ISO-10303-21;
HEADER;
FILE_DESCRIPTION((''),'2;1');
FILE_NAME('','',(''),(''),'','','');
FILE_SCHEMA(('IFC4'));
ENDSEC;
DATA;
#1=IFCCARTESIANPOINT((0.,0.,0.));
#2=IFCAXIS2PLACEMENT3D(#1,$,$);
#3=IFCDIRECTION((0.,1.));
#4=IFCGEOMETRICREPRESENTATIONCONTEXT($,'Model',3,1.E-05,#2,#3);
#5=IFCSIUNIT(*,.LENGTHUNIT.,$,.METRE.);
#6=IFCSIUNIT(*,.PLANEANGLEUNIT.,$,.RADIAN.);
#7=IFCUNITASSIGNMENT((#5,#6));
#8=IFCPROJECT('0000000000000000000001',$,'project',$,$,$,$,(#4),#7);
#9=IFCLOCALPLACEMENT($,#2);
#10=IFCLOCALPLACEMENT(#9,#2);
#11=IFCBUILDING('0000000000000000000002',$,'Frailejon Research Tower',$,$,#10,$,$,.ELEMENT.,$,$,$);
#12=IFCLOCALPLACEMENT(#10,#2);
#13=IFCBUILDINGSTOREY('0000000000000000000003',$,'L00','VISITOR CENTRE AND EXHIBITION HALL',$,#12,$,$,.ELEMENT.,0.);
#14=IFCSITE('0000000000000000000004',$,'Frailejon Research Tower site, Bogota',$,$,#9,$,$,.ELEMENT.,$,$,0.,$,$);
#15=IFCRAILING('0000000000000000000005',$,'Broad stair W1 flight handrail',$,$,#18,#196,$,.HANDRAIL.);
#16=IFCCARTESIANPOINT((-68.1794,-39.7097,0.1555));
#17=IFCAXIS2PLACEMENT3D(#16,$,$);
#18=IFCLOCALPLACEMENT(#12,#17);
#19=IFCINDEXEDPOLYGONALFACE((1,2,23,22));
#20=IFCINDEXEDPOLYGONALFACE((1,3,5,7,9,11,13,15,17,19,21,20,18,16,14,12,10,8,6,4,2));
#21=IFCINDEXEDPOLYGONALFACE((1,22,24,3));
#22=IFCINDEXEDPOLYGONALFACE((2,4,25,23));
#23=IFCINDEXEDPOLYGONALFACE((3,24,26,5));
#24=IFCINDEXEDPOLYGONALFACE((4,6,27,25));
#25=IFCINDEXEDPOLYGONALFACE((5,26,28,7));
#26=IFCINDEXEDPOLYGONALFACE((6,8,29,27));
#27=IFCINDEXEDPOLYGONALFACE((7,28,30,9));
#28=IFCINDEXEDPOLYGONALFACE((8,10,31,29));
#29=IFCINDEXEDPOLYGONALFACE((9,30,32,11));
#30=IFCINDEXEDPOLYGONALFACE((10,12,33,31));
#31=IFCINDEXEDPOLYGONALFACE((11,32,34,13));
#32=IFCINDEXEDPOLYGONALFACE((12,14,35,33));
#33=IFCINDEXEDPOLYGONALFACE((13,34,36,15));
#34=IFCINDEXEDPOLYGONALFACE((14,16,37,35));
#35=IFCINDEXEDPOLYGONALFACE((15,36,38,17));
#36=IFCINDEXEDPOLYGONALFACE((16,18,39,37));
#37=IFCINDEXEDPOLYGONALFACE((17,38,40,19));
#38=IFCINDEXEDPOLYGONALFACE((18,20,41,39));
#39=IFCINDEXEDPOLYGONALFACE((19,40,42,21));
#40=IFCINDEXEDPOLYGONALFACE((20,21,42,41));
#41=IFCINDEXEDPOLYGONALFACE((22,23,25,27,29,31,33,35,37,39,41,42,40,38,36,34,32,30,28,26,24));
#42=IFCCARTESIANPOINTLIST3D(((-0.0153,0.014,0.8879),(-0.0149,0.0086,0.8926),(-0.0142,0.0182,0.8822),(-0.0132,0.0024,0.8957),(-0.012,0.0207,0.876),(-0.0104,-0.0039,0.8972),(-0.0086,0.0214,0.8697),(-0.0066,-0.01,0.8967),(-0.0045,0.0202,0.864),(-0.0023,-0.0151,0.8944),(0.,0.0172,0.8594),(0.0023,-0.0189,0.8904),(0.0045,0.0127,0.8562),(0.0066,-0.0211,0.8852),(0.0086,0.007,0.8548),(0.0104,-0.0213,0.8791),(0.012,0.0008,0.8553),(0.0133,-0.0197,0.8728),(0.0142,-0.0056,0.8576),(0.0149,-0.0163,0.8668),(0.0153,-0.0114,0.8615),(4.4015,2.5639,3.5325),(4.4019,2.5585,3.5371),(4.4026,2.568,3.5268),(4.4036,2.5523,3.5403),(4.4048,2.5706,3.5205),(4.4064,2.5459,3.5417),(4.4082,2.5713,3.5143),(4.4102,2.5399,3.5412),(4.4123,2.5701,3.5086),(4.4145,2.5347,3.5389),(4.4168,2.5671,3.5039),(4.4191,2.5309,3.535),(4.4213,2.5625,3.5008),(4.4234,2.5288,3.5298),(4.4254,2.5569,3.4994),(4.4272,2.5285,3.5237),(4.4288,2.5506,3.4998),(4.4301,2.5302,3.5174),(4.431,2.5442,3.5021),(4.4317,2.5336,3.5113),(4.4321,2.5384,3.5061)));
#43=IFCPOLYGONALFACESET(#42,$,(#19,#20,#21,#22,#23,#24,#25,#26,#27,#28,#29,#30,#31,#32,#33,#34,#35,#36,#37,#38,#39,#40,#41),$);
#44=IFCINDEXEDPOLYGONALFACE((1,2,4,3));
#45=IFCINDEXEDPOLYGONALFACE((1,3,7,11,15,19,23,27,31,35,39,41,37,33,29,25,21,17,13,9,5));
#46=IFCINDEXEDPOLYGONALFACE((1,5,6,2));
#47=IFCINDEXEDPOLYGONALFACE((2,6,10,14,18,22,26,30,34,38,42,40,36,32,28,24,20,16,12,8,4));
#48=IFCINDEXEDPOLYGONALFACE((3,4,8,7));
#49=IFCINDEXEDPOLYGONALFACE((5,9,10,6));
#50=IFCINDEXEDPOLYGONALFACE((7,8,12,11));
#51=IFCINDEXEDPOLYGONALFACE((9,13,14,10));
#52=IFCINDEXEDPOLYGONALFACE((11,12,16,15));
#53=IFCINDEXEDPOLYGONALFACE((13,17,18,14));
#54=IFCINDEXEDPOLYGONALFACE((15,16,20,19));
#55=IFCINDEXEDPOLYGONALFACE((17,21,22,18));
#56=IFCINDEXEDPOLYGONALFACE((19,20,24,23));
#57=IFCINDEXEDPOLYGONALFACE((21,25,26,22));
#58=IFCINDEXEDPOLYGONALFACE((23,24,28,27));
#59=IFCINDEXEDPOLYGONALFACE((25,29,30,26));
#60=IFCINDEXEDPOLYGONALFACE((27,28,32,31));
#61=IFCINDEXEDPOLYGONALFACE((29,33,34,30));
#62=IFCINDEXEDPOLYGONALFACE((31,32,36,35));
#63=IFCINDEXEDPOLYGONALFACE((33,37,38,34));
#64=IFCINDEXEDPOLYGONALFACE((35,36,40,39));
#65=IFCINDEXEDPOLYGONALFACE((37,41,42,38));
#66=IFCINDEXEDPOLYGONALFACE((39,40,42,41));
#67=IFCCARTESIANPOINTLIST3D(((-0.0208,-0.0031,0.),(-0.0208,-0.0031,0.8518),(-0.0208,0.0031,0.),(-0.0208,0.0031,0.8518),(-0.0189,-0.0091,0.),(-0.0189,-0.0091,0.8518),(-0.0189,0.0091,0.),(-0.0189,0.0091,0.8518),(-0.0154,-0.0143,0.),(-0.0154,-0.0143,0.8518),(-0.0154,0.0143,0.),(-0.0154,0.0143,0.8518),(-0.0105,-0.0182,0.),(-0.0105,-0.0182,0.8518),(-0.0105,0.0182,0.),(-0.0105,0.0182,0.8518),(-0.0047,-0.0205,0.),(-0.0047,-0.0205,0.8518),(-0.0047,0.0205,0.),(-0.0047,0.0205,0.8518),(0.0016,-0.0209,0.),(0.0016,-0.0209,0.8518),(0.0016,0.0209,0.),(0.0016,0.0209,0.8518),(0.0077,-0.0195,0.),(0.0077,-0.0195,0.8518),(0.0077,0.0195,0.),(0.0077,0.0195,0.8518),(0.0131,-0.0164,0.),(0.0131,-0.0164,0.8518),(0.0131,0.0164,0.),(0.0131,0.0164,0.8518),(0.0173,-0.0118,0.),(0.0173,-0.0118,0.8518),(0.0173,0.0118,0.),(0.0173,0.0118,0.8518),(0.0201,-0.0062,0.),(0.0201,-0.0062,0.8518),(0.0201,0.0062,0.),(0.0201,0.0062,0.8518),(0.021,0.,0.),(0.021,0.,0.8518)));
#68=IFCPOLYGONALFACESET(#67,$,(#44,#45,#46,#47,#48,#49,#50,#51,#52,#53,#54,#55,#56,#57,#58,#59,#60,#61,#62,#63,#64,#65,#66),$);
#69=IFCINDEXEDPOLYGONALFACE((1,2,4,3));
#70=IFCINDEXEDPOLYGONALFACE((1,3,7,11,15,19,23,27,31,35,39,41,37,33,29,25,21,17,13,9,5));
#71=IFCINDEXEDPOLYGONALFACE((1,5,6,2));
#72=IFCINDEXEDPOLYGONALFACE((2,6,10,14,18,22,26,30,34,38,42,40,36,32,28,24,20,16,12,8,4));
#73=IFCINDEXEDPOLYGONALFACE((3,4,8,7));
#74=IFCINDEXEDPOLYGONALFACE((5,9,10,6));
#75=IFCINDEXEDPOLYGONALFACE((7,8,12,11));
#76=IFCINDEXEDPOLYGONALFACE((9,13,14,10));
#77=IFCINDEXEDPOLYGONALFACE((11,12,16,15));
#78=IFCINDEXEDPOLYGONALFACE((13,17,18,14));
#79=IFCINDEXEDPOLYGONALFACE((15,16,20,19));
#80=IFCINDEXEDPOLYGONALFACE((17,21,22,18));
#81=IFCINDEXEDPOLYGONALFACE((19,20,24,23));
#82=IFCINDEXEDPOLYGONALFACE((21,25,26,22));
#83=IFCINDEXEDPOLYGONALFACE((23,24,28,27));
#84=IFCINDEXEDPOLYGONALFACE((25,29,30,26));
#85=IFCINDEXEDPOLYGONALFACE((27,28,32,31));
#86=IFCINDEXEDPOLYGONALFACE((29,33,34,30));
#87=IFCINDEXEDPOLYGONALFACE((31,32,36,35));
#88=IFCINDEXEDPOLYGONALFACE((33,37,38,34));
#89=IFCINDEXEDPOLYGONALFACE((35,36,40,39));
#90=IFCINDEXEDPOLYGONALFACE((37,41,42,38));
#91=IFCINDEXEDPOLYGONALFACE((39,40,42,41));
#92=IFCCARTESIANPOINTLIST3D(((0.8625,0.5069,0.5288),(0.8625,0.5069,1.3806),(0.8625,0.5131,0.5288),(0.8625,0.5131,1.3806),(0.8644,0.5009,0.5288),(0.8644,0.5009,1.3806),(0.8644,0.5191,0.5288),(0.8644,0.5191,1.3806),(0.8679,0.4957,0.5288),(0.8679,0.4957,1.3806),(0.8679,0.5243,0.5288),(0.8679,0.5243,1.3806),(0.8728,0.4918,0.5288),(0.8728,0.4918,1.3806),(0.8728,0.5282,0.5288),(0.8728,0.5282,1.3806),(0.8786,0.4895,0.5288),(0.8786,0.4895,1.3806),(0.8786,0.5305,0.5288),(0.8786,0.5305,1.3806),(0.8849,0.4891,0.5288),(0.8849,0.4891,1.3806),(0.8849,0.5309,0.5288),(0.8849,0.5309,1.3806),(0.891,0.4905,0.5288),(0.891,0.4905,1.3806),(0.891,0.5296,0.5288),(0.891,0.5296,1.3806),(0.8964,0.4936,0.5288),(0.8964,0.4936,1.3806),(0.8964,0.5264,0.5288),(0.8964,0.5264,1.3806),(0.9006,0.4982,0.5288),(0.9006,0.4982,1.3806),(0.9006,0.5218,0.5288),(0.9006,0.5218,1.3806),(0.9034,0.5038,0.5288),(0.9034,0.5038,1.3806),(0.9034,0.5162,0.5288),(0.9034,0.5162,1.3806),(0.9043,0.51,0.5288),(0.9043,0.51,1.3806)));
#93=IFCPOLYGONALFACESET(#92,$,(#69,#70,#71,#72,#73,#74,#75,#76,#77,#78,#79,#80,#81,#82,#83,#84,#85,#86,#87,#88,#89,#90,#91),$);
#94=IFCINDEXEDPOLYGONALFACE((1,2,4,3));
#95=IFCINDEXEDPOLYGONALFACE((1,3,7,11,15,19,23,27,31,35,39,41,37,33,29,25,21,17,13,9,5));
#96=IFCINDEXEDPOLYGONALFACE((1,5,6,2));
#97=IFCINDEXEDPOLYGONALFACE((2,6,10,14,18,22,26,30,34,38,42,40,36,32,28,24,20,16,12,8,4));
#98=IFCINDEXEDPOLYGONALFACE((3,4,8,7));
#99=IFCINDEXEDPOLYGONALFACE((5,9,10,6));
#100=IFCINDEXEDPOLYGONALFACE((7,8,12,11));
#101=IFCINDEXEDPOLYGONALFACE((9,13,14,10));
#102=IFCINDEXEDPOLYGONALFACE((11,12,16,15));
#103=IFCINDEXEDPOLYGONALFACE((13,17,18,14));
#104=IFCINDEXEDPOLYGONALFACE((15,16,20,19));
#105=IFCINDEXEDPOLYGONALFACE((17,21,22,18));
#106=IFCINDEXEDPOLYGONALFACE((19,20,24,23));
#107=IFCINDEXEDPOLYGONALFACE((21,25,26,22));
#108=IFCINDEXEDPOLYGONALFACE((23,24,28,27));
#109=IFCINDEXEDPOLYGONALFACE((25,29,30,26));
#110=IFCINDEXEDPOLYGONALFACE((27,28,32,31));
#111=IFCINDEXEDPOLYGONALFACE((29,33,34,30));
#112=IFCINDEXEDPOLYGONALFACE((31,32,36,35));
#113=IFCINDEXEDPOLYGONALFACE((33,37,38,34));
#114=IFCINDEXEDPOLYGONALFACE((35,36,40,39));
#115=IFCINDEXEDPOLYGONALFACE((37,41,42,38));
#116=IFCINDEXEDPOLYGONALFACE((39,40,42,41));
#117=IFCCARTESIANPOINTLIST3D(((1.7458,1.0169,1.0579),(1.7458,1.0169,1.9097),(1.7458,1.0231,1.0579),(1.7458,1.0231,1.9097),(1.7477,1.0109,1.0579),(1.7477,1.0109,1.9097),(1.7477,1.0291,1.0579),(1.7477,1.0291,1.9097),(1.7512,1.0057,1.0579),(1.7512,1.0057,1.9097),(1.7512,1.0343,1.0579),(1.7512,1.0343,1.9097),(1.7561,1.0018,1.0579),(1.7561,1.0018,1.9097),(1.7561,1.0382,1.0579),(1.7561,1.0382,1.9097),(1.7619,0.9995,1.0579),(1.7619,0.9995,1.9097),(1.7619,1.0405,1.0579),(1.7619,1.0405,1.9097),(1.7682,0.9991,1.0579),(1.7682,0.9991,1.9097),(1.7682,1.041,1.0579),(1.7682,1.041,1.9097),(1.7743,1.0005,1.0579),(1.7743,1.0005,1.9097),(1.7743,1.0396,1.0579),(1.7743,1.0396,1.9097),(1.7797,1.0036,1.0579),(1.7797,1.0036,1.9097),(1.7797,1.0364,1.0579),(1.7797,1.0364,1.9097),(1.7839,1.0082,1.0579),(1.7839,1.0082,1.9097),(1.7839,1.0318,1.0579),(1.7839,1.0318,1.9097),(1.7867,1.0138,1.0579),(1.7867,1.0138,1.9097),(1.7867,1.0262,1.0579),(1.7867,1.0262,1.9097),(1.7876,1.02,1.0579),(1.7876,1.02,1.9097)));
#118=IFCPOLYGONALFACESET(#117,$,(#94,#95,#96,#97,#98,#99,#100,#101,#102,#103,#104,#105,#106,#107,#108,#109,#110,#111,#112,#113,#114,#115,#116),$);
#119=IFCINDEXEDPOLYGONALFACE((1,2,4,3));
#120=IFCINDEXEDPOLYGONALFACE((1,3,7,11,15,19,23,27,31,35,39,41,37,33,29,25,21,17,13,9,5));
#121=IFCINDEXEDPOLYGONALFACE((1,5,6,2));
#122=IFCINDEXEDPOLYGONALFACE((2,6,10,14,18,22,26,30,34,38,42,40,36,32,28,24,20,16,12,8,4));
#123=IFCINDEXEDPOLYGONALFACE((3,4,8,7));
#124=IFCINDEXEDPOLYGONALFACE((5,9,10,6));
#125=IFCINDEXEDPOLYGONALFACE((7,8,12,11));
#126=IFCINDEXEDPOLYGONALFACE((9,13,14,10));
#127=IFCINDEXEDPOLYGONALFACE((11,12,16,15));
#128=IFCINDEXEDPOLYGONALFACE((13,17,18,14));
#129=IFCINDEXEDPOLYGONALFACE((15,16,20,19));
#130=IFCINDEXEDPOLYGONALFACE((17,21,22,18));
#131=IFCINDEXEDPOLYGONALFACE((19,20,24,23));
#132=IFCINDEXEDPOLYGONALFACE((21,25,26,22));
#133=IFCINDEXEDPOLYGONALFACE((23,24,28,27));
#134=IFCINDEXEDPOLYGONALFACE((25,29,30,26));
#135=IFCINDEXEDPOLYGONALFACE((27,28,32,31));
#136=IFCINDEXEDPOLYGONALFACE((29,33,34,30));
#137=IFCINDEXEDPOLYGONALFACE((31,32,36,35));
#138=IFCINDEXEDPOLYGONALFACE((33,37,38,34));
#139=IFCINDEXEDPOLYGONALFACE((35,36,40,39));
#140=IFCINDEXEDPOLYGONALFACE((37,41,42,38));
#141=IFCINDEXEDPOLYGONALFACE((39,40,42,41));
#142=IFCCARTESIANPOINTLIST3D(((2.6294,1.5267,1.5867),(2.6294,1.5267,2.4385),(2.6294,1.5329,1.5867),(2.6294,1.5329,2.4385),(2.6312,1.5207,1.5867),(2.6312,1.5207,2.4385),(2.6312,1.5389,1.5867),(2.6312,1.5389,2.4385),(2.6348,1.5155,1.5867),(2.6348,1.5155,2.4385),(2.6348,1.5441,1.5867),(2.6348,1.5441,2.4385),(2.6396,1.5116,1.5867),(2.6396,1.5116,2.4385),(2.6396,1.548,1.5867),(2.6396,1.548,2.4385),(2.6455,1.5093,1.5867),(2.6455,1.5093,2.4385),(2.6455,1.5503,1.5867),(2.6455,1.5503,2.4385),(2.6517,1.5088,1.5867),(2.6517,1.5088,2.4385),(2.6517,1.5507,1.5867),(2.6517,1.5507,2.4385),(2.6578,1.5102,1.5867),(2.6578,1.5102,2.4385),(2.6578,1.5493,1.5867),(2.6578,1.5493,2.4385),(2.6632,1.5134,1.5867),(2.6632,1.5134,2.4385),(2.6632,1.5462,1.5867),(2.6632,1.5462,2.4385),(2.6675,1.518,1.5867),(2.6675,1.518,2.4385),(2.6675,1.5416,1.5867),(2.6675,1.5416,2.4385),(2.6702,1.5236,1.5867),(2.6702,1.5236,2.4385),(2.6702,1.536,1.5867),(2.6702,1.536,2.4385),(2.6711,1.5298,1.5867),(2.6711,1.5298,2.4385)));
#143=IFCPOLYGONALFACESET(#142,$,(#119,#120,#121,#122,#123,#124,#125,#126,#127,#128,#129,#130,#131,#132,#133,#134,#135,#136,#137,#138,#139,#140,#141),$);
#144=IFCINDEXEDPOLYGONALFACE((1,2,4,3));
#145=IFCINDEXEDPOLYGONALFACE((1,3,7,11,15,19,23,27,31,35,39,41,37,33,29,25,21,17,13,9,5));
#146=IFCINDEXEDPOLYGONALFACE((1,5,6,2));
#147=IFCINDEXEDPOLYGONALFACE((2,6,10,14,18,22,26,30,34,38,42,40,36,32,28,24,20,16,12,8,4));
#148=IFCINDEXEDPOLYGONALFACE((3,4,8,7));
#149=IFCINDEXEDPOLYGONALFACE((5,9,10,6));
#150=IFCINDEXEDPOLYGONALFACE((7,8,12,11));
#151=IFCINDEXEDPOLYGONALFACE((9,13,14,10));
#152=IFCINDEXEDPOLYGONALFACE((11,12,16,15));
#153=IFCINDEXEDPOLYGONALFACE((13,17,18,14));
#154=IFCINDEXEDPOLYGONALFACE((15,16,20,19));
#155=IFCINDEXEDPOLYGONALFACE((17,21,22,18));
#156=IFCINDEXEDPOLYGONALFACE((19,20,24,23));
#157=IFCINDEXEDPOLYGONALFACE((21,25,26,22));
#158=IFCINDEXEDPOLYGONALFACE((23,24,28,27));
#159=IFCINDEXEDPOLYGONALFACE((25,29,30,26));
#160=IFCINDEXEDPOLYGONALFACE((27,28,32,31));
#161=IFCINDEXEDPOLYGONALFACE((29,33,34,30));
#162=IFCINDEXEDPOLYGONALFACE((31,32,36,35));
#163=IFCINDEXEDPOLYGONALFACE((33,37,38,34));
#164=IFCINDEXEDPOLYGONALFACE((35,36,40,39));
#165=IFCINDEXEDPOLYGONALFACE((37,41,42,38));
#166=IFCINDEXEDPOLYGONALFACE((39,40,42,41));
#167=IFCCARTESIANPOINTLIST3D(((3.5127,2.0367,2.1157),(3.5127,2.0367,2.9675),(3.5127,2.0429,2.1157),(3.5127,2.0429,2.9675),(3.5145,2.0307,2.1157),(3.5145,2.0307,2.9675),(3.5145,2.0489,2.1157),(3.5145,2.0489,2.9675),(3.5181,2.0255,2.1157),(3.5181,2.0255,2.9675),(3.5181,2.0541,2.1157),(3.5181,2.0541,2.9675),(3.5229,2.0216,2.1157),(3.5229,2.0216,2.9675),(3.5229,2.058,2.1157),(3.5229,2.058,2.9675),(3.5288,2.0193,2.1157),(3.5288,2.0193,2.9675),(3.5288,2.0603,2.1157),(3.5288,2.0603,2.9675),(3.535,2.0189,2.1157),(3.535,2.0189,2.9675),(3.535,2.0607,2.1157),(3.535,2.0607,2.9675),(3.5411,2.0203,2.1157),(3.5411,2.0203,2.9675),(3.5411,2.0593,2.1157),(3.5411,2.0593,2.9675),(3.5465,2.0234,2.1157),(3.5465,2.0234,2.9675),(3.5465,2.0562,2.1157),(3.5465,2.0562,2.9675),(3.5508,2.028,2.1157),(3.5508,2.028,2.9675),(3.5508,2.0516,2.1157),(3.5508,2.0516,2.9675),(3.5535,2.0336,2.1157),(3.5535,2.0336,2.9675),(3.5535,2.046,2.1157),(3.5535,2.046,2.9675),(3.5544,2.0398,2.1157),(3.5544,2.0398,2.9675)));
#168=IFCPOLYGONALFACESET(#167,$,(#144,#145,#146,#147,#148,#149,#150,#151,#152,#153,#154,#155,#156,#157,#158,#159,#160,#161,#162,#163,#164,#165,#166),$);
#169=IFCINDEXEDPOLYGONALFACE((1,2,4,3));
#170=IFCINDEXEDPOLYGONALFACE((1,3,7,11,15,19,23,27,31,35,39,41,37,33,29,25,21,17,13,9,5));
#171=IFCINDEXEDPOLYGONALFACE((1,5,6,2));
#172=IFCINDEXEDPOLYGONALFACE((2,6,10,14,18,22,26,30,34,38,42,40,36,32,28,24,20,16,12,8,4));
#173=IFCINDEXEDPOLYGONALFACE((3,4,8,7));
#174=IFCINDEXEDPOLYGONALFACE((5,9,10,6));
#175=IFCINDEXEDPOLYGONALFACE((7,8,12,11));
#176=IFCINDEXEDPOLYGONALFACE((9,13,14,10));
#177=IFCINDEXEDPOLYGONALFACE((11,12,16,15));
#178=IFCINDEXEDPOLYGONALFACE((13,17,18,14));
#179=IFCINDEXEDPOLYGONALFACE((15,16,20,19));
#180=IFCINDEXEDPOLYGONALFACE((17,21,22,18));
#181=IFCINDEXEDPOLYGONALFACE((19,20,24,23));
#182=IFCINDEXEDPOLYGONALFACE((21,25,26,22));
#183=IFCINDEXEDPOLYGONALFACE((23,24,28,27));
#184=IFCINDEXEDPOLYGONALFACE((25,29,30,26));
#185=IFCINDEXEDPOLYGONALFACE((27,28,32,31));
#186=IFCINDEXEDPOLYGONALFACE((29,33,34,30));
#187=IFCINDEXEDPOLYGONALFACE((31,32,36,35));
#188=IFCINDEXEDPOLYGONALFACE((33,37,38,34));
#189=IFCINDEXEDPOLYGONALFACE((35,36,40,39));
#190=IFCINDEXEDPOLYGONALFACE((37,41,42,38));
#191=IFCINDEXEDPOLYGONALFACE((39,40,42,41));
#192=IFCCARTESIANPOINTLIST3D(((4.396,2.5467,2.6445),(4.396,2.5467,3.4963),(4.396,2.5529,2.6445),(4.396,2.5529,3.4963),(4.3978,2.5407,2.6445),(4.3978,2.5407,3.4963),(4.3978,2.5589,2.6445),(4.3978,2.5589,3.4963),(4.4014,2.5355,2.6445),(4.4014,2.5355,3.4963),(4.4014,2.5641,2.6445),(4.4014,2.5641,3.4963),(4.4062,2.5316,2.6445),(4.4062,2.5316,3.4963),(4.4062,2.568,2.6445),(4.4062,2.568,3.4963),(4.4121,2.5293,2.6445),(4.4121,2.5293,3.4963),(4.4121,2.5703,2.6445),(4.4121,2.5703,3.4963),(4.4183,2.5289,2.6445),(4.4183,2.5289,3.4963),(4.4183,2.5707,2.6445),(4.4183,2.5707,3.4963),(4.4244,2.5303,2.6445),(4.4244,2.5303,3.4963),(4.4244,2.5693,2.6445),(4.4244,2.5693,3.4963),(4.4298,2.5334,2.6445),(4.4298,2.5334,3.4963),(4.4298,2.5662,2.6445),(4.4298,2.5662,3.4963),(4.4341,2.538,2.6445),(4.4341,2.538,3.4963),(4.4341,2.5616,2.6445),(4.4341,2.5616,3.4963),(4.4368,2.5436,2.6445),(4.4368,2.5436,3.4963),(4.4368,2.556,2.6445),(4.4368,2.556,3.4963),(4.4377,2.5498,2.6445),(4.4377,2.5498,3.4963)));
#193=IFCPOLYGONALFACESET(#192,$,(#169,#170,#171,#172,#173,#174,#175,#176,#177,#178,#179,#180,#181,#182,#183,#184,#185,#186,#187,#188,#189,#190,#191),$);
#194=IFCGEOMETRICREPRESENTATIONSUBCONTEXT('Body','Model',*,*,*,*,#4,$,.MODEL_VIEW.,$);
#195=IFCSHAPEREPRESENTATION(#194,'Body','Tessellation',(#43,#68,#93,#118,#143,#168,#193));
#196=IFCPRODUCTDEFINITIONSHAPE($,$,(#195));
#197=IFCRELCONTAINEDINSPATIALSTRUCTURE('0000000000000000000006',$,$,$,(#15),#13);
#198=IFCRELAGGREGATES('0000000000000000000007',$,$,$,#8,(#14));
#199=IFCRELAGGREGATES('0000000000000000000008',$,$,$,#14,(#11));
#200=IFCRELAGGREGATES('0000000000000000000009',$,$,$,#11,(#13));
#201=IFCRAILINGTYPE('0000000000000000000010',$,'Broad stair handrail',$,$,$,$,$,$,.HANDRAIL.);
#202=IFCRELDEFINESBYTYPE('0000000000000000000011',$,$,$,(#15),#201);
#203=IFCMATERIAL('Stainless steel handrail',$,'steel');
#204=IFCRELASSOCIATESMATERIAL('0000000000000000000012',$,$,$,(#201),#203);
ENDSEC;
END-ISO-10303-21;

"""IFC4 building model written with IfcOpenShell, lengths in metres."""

from ifc_helpers import new_model, si_unit, direction, frame, origin, origin_2d, place, context, subcontext, project, spatial, circle, extrude, material, type_object, element, save


model = new_model("IFC4")

# Units and contexts
model_context = context("Model", 3, precision=1e-05, world=origin(), true_north=direction((0.0, 1.0)))
body_context = subcontext(model_context, "Body", "Model", "MODEL_VIEW")
ifc_project = project(units=[si_unit("LENGTHUNIT", "METRE"), si_unit("PLANEANGLEUNIT", "RADIAN")], contexts=[model_context])

# Site, building, storey
site_placement = place(None, origin())
site = spatial("IfcSite", under=ifc_project, at=site_placement, Name="Frailejon Research Tower site, Bogota", CompositionType="ELEMENT", RefElevation=0.0)
building_placement = place(site_placement, origin())
building = spatial("IfcBuilding", under=site, at=building_placement, Name="Frailejon Research Tower", CompositionType="ELEMENT")
storey_placement = place(building_placement, origin())
storey = spatial("IfcBuildingStorey", under=building, at=storey_placement, Name="L00", Description="VISITOR CENTRE AND EXHIBITION HALL", CompositionType="ELEMENT", Elevation=0.0)

# Railing
ifc_material_1 = material(Name="Stainless steel handrail", Category="steel")
railing_type_1 = type_object("IfcRailingType", Name="Broad stair handrail", PredefinedType="HANDRAIL", material=ifc_material_1)
railing_1_placement = place(storey_placement, frame((-68.1794, -39.7097, 0.1555)))
element("IfcRailing", 1, at=railing_1_placement, inside=storey, type_object=railing_type_1, Name="Broad stair W1 flight handrail", PredefinedType="HANDRAIL", context=body_context, shape_type="SweptSolid", body=[
    extrude(circle(Radius=0.0239, at=origin_2d()), frame((0.0, 0.0, 0.876), z_axis=(0.768826, 0.443846, 0.460335), x_axis=(-0.49997, 0.866043, 0.0)), (0.0, 0.0, 1.0), 5.7449),
    extrude(circle(Radius=0.021, at=origin_2d()), origin(), (0.0, 0.0, 1.0), 0.8518),
    extrude(circle(Radius=0.021, at=origin_2d()), frame((0.8833, 0.51, 0.5288)), (0.0, 0.0, 1.0), 0.8518),
    extrude(circle(Radius=0.021, at=origin_2d()), frame((1.7666, 1.02, 1.0579)), (0.0, 0.0, 1.0), 0.8518),
    extrude(circle(Radius=0.021, at=origin_2d()), frame((2.6501, 1.5298, 1.5867)), (0.0, 0.0, 1.0), 0.8518),
    extrude(circle(Radius=0.021, at=origin_2d()), frame((3.5334, 2.0398, 2.1157)), (0.0, 0.0, 1.0), 0.8518),
    extrude(circle(Radius=0.021, at=origin_2d()), frame((4.4167, 2.5498, 2.6445)), (0.0, 0.0, 1.0), 0.8518),
])

save(model, "model.ifc")
